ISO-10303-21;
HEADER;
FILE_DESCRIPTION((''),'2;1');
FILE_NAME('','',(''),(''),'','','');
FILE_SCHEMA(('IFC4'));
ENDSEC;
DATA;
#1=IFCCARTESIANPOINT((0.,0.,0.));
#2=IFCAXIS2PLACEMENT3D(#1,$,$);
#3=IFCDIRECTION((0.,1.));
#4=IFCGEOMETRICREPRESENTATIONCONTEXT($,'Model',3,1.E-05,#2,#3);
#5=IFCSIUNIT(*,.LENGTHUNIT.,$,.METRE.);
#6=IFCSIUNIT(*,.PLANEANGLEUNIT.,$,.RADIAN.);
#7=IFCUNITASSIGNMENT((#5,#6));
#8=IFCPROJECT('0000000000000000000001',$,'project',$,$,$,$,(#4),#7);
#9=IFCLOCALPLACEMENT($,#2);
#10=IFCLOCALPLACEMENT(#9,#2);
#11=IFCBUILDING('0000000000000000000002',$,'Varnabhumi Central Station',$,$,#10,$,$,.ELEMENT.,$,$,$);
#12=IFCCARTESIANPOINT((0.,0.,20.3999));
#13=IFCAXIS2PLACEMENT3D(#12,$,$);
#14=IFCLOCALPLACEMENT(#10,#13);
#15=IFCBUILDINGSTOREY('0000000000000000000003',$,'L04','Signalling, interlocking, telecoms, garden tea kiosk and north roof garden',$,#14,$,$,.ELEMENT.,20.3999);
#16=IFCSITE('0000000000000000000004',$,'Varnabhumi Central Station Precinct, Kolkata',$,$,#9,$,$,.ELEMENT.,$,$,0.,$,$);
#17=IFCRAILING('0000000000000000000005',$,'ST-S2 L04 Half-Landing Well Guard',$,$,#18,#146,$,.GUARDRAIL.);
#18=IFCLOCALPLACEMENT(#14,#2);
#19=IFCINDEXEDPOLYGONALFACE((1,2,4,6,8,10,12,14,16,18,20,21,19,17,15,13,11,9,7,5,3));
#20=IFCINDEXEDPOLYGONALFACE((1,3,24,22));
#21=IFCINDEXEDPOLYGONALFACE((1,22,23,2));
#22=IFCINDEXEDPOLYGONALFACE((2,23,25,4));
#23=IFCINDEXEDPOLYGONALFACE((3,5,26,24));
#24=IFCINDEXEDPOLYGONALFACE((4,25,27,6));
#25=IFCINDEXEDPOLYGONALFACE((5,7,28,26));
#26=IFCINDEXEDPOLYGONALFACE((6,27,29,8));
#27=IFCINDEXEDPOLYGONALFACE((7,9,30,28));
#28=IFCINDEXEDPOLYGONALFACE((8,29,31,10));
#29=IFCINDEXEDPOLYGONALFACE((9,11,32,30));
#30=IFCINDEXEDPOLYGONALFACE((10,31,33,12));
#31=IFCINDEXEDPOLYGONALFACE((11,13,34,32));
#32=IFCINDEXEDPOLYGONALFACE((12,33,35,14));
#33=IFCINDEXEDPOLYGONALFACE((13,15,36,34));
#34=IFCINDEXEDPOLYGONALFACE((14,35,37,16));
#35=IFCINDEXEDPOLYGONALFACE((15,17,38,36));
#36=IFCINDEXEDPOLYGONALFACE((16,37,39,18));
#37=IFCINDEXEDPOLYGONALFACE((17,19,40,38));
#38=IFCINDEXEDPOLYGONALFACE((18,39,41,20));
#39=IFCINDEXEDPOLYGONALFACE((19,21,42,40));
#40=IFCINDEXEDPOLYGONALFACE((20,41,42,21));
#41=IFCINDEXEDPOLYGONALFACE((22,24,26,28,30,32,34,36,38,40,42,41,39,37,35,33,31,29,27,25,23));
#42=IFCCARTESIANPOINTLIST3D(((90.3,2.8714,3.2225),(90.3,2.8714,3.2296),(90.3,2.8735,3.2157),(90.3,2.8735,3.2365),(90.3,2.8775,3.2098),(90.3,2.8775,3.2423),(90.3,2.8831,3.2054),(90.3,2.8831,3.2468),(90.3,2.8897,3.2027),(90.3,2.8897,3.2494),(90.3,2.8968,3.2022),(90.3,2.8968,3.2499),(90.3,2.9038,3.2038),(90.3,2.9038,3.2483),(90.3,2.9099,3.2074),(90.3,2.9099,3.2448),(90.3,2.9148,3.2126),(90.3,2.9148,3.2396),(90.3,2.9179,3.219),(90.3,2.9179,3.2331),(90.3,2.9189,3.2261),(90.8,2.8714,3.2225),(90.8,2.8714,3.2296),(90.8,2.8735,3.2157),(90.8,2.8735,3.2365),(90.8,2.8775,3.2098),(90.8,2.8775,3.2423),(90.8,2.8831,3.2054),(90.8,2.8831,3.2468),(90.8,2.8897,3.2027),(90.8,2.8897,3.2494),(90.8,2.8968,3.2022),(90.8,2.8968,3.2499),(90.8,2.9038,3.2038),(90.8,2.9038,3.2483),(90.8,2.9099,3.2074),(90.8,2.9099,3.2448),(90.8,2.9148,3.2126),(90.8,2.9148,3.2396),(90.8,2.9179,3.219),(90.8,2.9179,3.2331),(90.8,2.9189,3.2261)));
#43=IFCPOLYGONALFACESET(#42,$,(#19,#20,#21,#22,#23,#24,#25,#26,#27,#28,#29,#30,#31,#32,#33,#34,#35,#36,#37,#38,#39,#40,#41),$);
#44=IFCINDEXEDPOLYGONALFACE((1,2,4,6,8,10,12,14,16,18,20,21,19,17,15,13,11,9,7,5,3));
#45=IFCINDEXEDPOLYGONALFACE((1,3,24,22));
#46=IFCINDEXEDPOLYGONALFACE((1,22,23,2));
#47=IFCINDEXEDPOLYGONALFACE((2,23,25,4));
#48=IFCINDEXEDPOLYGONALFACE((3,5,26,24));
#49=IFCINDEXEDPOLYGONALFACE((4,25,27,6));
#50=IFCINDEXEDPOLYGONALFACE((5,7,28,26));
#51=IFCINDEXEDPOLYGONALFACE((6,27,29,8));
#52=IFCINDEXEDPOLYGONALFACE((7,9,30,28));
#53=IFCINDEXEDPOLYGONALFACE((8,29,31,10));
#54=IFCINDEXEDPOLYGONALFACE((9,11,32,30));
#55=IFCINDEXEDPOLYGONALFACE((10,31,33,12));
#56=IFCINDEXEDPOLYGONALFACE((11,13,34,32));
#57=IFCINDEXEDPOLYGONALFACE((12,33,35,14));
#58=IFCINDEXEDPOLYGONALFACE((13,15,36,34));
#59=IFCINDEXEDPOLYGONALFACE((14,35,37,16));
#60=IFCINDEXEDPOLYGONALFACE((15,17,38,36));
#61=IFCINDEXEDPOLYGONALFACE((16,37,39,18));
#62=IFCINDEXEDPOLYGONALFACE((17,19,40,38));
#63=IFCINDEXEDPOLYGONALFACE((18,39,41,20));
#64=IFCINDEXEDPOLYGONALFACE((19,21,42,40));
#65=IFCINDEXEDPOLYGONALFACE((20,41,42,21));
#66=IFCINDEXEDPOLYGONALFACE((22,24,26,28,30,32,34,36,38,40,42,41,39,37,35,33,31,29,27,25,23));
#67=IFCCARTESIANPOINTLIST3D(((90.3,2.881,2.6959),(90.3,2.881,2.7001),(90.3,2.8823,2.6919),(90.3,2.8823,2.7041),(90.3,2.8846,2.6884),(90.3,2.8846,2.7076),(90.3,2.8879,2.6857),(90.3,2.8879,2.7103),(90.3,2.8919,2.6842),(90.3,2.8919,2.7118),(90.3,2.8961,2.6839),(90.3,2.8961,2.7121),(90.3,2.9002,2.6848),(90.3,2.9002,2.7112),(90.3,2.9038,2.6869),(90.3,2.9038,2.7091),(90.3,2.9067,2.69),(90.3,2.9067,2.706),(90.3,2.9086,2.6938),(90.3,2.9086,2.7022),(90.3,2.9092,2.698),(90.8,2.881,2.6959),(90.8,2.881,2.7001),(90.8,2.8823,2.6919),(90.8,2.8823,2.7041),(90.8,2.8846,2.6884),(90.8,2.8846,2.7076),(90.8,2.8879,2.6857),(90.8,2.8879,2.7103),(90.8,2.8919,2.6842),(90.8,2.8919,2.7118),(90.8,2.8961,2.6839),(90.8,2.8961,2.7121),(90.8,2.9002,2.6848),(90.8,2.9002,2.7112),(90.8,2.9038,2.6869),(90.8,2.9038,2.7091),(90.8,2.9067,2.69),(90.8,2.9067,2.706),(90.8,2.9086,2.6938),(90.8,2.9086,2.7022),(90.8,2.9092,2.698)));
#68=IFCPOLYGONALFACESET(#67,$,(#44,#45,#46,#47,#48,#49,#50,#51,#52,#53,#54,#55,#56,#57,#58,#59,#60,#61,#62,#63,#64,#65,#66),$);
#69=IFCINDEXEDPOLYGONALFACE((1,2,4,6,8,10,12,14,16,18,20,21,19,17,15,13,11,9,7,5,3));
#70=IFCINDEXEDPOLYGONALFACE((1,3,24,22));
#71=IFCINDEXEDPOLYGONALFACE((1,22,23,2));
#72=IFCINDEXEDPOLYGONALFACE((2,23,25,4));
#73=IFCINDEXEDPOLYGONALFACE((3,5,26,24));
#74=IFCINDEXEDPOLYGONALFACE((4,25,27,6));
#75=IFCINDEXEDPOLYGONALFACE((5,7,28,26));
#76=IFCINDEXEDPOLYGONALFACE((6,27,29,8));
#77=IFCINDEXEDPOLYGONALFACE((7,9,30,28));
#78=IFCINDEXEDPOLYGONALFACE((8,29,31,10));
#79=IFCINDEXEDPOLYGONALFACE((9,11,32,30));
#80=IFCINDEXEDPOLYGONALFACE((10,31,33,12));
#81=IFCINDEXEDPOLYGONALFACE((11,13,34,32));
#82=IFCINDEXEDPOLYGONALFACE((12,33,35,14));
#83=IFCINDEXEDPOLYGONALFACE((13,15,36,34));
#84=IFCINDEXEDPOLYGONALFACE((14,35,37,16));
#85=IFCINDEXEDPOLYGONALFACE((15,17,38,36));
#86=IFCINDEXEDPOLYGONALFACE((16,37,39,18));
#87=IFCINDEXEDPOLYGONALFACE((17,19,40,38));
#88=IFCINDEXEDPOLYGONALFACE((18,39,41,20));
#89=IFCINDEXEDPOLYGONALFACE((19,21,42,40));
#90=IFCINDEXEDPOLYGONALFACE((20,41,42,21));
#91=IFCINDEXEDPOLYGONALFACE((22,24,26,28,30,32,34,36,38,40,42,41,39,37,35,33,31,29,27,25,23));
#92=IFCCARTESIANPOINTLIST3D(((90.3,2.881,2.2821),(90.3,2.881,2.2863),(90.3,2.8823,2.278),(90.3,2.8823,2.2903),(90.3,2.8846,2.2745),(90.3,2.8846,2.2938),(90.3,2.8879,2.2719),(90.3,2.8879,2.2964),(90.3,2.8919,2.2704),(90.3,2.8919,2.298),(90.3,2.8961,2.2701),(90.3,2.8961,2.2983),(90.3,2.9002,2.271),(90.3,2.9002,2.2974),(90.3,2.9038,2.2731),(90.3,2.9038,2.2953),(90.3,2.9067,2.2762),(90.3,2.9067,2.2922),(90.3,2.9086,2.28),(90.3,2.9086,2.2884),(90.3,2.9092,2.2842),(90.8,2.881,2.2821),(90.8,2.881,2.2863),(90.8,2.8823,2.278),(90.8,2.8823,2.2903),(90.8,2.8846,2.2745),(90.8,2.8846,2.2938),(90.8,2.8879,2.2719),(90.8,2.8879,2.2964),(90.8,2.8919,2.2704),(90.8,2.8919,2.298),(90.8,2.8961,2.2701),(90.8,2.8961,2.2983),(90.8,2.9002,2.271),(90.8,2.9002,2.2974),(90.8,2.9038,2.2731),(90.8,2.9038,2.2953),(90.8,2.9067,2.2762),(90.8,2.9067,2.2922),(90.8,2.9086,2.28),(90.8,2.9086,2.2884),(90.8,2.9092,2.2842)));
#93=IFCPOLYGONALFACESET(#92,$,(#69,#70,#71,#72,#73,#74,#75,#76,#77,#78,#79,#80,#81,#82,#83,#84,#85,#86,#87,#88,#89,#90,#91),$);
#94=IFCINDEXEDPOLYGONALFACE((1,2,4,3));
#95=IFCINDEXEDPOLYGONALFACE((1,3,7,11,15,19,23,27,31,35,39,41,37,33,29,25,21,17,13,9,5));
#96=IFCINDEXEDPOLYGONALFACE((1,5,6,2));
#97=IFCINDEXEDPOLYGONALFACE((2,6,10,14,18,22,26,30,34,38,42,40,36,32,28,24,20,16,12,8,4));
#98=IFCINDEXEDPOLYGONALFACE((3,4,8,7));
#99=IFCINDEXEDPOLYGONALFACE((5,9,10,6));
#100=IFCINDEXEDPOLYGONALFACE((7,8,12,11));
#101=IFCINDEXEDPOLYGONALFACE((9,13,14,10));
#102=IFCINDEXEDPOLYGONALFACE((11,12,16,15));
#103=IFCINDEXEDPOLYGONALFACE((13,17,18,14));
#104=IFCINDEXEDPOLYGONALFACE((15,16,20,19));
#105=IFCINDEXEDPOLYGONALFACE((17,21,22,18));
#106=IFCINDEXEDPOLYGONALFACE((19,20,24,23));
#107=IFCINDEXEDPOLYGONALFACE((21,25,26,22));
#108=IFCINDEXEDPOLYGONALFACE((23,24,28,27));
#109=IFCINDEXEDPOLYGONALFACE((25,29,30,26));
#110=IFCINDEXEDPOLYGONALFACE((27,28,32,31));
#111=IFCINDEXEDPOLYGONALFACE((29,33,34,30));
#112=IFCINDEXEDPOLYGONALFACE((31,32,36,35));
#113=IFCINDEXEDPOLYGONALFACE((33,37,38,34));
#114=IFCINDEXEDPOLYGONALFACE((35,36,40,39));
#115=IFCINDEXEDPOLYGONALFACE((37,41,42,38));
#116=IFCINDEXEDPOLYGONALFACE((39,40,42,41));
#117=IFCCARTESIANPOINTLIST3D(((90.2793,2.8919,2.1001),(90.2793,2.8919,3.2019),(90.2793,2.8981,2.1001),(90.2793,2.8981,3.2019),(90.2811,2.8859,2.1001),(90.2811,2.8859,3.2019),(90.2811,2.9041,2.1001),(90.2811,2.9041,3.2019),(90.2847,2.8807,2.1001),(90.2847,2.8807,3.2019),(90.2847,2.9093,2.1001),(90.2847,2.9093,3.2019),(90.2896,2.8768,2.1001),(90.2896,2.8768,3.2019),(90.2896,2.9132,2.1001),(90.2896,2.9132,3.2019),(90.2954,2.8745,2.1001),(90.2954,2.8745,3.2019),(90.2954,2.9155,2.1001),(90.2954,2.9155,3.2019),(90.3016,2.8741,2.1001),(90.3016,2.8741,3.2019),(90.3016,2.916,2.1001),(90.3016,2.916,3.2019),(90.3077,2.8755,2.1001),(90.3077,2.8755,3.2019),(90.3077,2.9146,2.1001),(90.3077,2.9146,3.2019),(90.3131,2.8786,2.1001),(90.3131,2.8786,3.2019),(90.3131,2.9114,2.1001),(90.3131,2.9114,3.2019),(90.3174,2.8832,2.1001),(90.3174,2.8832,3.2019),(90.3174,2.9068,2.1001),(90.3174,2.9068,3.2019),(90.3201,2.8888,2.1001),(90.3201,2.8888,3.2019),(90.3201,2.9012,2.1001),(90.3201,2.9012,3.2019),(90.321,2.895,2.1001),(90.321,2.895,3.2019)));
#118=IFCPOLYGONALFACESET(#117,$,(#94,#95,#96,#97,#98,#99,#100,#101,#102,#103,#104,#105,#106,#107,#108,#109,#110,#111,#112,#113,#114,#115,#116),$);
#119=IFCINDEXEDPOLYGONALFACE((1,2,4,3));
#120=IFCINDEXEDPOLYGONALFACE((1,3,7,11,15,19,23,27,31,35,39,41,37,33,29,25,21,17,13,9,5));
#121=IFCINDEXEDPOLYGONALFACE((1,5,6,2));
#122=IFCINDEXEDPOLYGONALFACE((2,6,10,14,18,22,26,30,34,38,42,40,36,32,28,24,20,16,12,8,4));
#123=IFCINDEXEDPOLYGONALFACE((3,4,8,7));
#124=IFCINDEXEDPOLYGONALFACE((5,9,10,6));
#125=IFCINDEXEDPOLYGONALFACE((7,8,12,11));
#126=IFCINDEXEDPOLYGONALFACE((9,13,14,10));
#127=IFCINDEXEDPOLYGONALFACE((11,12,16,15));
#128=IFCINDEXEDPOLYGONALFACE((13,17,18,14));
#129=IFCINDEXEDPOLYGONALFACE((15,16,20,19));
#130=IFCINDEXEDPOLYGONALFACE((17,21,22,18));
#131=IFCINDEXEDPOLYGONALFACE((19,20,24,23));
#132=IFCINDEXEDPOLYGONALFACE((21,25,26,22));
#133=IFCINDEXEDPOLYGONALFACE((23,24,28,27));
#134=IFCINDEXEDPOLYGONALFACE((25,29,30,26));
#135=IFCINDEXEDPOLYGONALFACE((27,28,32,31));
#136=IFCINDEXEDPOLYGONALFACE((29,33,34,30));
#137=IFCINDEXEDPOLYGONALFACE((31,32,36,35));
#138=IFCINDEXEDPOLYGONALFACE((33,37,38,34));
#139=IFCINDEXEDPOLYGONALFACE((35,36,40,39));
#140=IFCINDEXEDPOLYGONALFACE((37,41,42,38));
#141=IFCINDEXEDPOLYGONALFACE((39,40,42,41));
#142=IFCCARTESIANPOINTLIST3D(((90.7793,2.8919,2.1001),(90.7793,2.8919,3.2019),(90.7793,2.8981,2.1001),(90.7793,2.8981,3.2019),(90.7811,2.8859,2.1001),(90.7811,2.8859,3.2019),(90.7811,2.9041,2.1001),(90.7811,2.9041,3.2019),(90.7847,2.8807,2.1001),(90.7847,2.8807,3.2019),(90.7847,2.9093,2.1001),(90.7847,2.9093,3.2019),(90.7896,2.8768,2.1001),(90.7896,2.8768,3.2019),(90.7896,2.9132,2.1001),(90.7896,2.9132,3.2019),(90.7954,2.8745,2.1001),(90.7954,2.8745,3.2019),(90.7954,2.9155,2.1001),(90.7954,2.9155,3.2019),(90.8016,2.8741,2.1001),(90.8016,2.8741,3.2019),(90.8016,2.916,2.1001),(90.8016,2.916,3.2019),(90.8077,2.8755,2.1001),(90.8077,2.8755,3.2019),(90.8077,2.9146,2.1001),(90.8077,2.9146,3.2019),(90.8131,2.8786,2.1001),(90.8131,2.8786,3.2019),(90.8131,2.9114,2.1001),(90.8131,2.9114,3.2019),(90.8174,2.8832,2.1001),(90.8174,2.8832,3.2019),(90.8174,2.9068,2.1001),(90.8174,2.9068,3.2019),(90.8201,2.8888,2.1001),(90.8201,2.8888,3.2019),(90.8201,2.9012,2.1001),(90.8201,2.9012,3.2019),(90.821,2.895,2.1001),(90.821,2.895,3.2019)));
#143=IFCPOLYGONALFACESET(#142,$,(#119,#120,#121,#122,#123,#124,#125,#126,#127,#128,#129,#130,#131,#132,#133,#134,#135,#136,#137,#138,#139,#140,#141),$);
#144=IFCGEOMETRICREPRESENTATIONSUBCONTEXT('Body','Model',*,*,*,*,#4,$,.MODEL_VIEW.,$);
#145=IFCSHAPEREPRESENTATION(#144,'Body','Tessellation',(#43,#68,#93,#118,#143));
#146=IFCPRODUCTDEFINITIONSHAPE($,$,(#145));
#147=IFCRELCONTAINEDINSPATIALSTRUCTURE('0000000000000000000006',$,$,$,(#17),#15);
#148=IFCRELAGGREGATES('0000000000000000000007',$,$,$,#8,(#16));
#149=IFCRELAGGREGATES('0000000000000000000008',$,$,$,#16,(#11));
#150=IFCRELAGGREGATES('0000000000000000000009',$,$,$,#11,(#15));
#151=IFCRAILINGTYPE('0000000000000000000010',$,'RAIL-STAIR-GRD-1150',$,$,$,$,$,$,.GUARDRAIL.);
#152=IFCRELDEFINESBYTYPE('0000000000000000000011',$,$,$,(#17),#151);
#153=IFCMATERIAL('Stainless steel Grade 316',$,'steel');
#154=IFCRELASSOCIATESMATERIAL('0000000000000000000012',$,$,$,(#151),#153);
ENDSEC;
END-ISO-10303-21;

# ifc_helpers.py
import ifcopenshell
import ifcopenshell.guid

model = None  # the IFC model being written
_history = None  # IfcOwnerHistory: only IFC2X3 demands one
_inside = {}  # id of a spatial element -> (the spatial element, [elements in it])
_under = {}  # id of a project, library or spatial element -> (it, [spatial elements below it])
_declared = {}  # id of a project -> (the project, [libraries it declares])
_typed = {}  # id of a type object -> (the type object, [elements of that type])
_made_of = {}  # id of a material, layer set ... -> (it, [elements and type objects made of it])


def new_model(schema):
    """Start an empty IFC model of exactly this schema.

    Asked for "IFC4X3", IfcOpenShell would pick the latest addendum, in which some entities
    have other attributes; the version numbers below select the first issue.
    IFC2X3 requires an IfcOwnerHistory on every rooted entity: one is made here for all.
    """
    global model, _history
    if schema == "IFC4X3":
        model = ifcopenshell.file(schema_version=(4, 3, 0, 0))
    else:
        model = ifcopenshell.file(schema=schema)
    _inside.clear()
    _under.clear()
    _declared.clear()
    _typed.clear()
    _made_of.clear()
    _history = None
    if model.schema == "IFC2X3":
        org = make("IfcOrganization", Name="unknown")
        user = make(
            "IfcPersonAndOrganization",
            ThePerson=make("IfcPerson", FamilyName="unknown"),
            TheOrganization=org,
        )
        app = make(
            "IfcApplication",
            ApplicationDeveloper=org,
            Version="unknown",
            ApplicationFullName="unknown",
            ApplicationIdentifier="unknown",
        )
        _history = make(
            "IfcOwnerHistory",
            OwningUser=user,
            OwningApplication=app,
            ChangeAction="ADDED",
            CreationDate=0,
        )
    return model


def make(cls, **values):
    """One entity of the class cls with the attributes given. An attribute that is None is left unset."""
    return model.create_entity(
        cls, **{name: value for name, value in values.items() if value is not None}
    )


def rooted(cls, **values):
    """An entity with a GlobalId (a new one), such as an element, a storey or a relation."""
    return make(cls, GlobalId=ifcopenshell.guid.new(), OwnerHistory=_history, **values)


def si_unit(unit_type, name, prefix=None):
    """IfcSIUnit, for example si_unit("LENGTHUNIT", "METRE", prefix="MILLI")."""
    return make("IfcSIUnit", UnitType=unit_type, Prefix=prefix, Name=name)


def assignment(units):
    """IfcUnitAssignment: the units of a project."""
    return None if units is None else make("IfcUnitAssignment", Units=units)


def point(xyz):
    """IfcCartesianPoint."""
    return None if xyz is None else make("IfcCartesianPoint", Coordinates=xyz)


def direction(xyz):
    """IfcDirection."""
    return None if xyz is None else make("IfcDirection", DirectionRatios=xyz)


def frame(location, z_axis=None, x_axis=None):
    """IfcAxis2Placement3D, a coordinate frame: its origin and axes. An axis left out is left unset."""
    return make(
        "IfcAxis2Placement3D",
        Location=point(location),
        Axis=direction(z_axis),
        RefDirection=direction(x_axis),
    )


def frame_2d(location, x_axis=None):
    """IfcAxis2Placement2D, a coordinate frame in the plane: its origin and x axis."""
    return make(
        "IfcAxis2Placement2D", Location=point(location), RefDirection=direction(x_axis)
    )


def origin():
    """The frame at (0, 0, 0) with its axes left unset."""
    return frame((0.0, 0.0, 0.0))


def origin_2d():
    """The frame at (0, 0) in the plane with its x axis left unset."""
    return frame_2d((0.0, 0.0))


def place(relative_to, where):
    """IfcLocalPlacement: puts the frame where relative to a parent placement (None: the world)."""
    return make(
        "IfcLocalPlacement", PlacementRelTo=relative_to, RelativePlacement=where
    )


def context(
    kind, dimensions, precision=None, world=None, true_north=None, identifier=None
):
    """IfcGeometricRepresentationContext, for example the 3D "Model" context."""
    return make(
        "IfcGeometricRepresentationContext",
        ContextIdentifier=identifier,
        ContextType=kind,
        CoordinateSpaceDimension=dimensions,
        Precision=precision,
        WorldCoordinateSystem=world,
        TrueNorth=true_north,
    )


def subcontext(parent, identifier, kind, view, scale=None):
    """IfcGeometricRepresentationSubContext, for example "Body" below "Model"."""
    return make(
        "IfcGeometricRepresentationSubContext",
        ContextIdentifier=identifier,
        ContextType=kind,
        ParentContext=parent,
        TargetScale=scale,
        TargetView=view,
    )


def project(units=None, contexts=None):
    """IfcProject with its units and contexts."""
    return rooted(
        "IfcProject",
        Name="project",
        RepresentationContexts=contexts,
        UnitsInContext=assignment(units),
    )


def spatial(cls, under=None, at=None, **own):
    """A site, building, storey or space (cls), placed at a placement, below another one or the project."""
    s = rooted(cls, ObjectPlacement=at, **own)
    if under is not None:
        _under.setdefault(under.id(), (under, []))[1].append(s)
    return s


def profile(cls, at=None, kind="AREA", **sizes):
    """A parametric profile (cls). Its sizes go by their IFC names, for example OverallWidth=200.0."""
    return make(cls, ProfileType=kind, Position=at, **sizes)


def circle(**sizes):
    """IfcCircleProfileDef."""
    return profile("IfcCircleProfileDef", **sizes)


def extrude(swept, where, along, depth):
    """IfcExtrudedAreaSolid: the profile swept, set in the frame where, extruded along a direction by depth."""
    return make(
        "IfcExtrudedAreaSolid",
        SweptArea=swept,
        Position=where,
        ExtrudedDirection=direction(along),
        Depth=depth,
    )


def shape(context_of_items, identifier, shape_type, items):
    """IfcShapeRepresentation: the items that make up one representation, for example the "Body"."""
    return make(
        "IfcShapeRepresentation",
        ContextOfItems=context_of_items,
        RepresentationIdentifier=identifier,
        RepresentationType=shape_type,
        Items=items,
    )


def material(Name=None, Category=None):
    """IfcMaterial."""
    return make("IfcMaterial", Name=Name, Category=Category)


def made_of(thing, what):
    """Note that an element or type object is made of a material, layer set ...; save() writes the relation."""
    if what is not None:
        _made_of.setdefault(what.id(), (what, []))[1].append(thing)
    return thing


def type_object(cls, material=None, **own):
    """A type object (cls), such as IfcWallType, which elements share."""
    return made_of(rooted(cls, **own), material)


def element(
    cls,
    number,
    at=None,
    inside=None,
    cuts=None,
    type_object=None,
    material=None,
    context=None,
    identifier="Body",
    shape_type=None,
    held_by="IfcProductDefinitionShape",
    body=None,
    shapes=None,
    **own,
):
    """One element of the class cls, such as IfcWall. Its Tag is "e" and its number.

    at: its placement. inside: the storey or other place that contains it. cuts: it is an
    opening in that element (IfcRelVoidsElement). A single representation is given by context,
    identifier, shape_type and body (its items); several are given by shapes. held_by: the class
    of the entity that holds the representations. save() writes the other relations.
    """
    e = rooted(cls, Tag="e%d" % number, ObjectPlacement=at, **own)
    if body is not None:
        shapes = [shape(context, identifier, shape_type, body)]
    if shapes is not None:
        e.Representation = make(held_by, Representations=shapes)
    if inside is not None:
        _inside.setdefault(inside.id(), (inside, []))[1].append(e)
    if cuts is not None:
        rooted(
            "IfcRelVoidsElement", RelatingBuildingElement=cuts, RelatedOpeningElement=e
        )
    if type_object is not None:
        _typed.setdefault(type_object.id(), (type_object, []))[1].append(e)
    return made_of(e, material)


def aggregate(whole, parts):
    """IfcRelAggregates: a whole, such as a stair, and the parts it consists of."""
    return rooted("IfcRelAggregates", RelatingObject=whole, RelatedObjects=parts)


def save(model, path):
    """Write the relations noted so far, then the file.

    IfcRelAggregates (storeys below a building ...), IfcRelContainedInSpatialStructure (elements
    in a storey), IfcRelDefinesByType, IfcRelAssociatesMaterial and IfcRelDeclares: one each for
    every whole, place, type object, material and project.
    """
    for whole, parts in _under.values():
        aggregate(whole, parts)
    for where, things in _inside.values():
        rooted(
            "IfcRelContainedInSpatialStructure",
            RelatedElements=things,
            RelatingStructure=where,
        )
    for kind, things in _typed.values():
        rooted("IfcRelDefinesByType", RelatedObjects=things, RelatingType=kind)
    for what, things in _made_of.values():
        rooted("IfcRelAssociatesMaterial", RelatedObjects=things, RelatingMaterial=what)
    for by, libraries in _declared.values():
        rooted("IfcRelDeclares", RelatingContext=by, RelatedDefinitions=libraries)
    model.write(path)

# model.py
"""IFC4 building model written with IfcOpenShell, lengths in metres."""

from ifc_helpers import new_model, si_unit, direction, frame, origin, origin_2d, place, context, subcontext, project, spatial, circle, extrude, material, type_object, element, save


model = new_model("IFC4")

# Units and contexts
model_context = context("Model", 3, precision=1e-05, world=origin(), true_north=direction((0.0, 1.0)))
body_context = subcontext(model_context, "Body", "Model", "MODEL_VIEW")
ifc_project = project(units=[si_unit("LENGTHUNIT", "METRE"), si_unit("PLANEANGLEUNIT", "RADIAN")], contexts=[model_context])

# Site, building, storey
site_placement = place(None, origin())
site = spatial("IfcSite", under=ifc_project, at=site_placement, Name="Varnabhumi Central Station Precinct, Kolkata", CompositionType="ELEMENT", RefElevation=0.0)
building_placement = place(site_placement, origin())
building = spatial("IfcBuilding", under=site, at=building_placement, Name="Varnabhumi Central Station", CompositionType="ELEMENT")
storey_placement = place(building_placement, frame((0.0, 0.0, 20.3999)))
storey = spatial("IfcBuildingStorey", under=building, at=storey_placement, Name="L04", Description="Signalling, interlocking, telecoms, garden tea kiosk and north roof garden", CompositionType="ELEMENT", Elevation=20.3999)

# Shared definitions
ifc_material_1 = material(Name="Stainless steel Grade 316", Category="steel")

# Railing
railing_type_1 = type_object("IfcRailingType", Name="RAIL-STAIR-GRD-1150", PredefinedType="GUARDRAIL", material=ifc_material_1)
railing_1_placement = place(storey_placement, frame((90.3, 2.895, 2.1001)))
element("IfcRailing", 1, at=railing_1_placement, inside=storey, type_object=railing_type_1, Name="ST-S2 L04 Half-Landing Well Guard", PredefinedType="GUARDRAIL", context=body_context, shape_type="SweptSolid", body=[
    extrude(circle(Radius=0.0239, at=origin_2d()), frame((0.0, 0.0, 1.126), z_axis=(1.0, 0.0, 0.0), x_axis=(0.0, 1.0, 0.0)), (0.0, 0.0, 1.0), 0.5),
    extrude(circle(Radius=0.0142, at=origin_2d()), frame((0.0, 0.0, 0.5979), z_axis=(1.0, 0.0, 0.0), x_axis=(0.0, 1.0, 0.0)), (0.0, 0.0, 1.0), 0.5),
    extrude(circle(Radius=0.0142, at=origin_2d()), frame((0.0, 0.0, 0.1841), z_axis=(1.0, 0.0, 0.0), x_axis=(0.0, 1.0, 0.0)), (0.0, 0.0, 1.0), 0.5),
    extrude(circle(Radius=0.021, at=origin_2d()), origin(), (0.0, 0.0, 1.0), 1.1018),
    extrude(circle(Radius=0.021, at=origin_2d()), frame((0.5, 0.0, 0.0)), (0.0, 0.0, 1.0), 1.1018),
])

save(model, "model.ifc")
